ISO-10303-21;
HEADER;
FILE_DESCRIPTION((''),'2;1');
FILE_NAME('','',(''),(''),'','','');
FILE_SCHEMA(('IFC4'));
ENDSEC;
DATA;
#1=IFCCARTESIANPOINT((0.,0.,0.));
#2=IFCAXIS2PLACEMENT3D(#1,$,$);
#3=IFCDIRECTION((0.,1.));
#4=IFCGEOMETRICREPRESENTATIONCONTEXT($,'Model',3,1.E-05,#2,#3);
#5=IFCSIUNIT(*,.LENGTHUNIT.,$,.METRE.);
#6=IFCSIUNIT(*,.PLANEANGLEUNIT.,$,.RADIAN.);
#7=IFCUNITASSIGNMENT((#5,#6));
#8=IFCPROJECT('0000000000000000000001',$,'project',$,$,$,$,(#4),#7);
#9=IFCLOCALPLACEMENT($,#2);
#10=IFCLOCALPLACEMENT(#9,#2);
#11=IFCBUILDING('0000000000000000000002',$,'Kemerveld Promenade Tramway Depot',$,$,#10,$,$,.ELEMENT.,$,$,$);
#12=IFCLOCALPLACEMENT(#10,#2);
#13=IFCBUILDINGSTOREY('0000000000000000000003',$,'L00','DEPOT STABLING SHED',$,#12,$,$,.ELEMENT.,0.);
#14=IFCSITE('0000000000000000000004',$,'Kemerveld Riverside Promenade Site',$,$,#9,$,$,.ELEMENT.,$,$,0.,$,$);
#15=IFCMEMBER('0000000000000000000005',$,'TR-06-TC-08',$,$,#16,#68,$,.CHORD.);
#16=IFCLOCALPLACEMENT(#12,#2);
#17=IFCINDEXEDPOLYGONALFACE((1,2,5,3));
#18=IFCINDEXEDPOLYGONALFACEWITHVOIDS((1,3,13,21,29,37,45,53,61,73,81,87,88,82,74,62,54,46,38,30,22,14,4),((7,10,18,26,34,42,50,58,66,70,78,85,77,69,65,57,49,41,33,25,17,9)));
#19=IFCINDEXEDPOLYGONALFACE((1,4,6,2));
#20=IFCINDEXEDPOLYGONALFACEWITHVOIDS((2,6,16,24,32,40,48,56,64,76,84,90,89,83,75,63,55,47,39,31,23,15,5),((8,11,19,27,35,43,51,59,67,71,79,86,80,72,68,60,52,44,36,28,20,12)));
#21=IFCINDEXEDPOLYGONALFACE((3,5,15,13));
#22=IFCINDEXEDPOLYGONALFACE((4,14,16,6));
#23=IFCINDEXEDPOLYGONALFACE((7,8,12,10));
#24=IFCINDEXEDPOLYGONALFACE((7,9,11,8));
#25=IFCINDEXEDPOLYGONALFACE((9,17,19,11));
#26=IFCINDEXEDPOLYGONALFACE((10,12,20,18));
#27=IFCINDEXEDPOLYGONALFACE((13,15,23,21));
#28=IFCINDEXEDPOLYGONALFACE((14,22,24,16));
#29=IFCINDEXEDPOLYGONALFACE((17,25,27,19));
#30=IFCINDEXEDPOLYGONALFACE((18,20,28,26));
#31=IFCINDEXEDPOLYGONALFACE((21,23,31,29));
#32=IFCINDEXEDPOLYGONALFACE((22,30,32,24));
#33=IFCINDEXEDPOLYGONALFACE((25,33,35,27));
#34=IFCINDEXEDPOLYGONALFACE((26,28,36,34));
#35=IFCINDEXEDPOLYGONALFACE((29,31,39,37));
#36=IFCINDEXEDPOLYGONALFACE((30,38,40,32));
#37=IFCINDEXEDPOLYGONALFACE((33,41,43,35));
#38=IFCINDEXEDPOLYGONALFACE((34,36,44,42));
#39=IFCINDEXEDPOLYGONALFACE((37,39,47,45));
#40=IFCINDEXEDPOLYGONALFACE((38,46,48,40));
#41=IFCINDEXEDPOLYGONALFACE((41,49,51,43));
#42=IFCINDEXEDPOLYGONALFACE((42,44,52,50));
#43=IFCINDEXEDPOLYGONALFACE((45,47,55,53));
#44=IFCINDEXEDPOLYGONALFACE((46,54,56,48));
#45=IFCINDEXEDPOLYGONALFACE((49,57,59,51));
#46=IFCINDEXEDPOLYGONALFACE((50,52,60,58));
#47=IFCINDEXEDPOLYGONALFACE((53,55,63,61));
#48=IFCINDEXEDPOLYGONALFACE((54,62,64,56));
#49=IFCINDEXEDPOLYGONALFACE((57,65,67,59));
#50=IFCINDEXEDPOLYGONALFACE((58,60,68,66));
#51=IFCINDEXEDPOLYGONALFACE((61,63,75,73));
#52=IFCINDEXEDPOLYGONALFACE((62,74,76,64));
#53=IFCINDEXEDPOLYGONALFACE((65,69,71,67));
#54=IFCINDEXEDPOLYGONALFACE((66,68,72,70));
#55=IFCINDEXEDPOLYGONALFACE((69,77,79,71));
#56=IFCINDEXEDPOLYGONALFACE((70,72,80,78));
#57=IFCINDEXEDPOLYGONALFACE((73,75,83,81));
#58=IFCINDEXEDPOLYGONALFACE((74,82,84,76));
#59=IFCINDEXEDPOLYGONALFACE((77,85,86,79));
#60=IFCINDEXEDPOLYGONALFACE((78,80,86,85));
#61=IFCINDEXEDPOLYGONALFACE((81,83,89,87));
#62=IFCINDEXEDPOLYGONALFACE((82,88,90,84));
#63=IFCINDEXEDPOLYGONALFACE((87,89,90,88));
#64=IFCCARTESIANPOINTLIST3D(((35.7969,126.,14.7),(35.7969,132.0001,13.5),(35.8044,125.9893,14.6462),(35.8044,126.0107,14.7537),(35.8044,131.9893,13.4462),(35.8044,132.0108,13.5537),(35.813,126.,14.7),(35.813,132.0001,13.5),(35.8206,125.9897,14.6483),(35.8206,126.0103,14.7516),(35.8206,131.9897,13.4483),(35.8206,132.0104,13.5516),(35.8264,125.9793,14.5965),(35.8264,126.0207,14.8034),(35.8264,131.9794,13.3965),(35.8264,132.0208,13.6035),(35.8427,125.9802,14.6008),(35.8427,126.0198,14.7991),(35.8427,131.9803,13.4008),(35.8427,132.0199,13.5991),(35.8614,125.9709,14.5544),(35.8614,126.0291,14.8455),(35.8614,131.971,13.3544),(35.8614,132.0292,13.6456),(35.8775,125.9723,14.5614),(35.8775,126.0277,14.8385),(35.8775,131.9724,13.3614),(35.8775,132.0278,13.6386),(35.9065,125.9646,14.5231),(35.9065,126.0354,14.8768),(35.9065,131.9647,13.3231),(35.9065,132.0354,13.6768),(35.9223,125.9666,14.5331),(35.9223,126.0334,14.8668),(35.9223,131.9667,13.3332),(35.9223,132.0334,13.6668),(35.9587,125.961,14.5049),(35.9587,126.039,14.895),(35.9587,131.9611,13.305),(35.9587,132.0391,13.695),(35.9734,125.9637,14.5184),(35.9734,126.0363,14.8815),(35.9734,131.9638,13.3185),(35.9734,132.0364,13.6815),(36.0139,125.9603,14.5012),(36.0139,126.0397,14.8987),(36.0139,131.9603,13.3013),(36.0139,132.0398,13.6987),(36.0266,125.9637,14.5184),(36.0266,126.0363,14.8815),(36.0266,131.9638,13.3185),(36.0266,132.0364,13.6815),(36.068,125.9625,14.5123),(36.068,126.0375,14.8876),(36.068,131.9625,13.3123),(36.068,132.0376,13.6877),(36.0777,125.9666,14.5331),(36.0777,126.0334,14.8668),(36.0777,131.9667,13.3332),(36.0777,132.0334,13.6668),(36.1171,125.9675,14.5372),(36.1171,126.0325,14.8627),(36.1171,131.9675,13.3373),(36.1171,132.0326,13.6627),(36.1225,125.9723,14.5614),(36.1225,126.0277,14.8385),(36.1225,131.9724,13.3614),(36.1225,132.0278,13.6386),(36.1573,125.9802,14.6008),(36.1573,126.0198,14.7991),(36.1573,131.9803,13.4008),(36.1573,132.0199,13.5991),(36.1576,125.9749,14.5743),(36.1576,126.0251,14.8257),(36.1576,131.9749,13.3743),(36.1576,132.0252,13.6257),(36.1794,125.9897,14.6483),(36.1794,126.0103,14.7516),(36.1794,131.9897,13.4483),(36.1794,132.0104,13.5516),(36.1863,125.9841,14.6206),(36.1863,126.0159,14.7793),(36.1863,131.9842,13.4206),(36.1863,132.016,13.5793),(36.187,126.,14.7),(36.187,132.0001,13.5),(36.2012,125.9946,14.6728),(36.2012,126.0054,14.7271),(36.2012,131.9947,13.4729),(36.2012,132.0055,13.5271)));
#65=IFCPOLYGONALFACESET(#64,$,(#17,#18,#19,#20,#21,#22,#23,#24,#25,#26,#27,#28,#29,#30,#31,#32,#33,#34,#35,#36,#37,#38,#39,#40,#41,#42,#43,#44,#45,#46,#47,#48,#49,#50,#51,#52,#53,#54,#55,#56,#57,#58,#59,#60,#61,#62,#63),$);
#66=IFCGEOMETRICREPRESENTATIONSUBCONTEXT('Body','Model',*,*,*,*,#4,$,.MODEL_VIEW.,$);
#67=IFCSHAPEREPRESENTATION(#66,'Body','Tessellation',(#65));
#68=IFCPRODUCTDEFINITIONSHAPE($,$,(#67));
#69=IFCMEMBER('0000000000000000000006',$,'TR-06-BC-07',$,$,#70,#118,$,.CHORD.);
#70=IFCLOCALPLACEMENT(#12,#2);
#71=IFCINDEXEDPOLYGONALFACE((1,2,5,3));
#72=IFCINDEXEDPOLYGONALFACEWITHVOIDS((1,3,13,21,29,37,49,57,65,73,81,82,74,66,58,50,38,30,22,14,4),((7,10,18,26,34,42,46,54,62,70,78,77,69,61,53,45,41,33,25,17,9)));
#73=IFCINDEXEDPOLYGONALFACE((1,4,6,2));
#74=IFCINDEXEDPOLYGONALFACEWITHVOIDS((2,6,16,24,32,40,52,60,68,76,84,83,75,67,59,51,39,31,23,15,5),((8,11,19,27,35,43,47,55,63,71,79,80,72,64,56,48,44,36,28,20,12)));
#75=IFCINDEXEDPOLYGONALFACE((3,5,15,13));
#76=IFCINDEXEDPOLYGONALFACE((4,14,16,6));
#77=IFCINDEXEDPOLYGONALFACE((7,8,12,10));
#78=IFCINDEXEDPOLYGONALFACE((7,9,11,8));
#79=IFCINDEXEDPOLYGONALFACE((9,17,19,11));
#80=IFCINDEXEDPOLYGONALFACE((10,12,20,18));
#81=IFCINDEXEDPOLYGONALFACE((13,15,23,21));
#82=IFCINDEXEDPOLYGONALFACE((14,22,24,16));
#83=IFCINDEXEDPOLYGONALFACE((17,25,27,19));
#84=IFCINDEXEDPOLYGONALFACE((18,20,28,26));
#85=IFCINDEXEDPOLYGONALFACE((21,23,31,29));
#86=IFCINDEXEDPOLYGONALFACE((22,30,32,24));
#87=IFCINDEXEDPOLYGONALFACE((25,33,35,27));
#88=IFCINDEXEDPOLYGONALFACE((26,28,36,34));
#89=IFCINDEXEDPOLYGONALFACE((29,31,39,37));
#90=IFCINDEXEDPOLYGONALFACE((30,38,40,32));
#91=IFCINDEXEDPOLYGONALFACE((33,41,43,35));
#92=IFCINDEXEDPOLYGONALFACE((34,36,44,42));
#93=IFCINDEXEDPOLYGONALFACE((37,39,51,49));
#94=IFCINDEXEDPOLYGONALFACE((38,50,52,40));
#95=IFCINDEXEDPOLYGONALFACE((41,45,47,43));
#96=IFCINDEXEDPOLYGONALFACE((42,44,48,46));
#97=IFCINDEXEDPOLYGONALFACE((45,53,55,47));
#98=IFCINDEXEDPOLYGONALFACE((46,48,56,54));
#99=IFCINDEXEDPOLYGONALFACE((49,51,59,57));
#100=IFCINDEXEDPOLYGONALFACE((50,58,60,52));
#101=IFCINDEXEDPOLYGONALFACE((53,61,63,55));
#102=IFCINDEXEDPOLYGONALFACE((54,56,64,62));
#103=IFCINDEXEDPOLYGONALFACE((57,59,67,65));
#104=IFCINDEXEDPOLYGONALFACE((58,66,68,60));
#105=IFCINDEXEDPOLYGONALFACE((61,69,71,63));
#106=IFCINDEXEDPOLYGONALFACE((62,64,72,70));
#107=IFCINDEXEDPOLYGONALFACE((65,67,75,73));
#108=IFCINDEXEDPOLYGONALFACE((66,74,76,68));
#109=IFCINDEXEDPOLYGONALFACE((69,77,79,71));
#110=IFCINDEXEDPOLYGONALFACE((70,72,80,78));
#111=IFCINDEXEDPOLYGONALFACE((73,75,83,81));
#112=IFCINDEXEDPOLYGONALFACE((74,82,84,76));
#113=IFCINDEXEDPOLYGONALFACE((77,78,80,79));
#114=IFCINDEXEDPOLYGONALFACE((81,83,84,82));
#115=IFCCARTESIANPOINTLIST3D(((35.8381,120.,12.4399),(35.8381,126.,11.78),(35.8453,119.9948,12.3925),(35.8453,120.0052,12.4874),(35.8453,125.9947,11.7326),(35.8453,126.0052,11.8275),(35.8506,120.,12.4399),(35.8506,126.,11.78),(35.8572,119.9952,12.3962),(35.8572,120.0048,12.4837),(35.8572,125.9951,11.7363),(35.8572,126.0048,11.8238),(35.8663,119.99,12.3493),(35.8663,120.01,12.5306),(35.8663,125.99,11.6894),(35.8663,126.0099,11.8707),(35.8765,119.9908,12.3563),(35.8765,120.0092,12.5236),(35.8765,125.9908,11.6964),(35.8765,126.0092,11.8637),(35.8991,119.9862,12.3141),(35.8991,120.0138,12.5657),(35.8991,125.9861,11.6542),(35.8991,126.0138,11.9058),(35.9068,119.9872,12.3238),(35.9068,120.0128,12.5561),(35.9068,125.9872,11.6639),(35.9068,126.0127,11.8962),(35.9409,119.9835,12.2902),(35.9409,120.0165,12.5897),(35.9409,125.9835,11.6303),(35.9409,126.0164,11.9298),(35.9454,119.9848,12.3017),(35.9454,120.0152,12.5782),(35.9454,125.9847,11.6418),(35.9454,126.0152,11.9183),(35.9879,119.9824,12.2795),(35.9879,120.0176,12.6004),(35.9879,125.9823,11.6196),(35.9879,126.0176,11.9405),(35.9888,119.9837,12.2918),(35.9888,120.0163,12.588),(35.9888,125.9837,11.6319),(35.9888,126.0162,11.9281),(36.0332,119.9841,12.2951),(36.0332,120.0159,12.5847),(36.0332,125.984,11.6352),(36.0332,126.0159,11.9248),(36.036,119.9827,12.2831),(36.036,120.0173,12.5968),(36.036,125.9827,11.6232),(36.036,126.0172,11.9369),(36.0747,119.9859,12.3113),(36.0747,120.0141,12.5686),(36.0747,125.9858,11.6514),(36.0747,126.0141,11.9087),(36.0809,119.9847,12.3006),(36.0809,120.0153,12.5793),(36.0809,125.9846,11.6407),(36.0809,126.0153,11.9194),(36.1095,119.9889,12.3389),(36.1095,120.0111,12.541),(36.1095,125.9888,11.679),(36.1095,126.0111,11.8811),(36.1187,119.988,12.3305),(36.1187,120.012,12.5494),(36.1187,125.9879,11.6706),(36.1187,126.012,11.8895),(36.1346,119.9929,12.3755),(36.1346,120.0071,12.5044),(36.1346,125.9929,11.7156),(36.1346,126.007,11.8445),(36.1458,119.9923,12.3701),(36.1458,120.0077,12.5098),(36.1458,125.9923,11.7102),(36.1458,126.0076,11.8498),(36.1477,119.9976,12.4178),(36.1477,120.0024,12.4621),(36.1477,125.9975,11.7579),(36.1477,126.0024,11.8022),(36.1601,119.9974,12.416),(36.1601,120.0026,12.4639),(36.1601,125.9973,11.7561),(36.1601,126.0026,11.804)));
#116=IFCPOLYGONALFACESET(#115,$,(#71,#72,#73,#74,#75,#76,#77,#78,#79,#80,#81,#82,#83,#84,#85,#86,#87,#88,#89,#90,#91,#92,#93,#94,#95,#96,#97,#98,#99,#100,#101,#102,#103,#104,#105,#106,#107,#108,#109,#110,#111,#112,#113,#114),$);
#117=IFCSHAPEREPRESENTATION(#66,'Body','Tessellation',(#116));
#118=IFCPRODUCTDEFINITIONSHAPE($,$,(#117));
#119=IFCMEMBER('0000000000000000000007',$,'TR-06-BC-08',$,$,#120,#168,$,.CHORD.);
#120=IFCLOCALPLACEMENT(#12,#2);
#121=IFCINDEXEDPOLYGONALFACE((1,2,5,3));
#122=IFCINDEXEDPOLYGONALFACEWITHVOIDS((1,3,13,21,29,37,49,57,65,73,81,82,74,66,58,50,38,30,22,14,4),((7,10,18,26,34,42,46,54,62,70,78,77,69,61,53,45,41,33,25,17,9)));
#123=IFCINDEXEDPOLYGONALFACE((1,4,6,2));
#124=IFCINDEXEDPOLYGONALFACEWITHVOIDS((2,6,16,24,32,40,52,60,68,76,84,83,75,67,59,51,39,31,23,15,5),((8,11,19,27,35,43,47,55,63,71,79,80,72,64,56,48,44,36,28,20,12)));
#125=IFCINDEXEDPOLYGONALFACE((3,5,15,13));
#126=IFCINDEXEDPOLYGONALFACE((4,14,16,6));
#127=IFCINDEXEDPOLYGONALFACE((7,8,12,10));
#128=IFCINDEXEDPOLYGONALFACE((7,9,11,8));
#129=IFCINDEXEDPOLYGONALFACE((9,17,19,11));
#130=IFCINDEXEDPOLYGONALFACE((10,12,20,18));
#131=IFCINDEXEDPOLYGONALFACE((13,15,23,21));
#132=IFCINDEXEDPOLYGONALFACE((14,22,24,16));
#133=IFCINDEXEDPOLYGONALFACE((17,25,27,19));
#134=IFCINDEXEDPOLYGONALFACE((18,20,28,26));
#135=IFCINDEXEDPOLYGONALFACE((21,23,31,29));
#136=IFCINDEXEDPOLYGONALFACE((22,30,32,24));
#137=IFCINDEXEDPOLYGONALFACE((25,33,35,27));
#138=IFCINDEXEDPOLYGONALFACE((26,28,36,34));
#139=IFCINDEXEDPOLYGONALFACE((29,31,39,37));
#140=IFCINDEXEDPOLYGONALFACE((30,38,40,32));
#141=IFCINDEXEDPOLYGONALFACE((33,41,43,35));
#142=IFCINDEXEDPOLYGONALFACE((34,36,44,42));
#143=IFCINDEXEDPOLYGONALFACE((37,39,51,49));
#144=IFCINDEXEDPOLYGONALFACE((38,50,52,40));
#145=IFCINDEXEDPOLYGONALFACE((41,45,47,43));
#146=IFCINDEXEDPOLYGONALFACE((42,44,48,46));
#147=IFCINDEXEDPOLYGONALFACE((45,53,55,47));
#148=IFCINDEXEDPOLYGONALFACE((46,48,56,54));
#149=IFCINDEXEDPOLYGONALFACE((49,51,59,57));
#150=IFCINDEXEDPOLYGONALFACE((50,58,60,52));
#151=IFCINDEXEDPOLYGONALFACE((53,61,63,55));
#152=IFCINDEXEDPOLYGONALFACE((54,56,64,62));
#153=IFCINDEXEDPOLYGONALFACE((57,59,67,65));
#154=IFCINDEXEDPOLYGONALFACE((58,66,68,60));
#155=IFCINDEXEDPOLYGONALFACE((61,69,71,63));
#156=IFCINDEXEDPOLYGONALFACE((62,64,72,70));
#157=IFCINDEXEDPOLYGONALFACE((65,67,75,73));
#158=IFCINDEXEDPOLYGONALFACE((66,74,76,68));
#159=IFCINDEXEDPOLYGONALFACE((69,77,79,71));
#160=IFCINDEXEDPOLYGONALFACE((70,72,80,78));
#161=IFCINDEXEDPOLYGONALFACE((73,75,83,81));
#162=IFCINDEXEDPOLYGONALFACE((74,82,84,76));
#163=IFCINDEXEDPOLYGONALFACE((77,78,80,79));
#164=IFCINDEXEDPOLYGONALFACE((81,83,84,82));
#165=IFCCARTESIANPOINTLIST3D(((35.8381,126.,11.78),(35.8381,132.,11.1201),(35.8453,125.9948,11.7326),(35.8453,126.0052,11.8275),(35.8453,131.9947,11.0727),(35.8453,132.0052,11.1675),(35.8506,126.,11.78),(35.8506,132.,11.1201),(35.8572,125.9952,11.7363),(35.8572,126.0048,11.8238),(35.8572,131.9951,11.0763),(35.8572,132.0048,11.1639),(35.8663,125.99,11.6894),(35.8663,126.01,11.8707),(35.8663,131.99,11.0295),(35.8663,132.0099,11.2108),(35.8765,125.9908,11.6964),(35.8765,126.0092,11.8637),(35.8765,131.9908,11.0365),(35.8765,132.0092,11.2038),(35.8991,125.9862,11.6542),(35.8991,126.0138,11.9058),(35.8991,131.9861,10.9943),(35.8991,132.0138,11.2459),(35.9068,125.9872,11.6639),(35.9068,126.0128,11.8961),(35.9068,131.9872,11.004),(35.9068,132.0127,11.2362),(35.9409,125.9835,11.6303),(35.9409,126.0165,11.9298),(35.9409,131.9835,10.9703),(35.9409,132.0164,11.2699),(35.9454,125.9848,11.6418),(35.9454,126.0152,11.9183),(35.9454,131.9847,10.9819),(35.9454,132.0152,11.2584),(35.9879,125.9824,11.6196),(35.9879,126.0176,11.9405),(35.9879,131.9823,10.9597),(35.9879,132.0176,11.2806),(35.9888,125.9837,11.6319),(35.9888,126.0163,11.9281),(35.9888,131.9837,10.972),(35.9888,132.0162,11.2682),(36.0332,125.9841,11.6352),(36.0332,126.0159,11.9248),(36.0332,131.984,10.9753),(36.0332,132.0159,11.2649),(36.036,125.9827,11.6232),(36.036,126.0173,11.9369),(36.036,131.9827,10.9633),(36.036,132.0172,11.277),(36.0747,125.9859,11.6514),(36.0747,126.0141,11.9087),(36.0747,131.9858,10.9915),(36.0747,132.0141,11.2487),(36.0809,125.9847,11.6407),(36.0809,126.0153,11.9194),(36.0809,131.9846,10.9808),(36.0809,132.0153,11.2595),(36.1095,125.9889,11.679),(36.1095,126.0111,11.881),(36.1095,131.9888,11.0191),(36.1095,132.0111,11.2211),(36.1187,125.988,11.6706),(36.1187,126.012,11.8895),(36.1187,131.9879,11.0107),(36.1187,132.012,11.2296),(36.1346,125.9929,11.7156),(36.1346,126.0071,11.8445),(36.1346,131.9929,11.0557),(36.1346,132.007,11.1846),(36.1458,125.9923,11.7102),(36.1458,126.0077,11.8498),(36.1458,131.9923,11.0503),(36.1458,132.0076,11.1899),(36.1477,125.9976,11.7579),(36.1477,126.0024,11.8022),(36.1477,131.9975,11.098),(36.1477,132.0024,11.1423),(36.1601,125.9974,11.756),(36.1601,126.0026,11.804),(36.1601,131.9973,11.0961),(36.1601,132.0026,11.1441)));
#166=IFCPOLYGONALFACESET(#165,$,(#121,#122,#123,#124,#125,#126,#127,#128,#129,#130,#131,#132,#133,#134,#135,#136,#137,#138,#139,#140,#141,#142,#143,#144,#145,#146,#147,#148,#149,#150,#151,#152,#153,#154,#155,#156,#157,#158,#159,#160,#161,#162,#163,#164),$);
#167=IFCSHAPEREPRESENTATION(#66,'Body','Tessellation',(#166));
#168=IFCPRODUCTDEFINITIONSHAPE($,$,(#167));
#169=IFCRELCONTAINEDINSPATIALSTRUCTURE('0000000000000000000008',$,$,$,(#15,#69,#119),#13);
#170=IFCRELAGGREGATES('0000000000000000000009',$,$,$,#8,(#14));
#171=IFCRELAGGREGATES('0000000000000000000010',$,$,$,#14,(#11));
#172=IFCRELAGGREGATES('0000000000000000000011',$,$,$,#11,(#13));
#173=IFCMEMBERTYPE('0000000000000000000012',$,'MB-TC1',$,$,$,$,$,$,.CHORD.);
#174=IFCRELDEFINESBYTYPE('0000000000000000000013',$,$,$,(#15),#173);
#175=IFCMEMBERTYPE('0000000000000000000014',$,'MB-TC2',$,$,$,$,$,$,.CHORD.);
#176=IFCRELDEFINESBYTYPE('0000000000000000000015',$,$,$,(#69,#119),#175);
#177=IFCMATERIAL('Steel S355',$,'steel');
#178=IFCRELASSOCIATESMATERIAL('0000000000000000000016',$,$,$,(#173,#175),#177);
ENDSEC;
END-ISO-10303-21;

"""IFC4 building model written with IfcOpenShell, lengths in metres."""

from ifc_helpers import new_model, si_unit, direction, frame, origin, origin_2d, place, context, subcontext, project, spatial, hollow_circle, extrude, material, material_profile, profile_set, type_object, element, save


model = new_model("IFC4")

# Units and contexts
model_context = context("Model", 3, precision=1e-05, world=origin(), true_north=direction((0.0, 1.0)))
body_context = subcontext(model_context, "Body", "Model", "MODEL_VIEW")
ifc_project = project(units=[si_unit("LENGTHUNIT", "METRE"), si_unit("PLANEANGLEUNIT", "RADIAN")], contexts=[model_context])

# Site, building, storey
site_placement = place(None, origin())
site = spatial("IfcSite", under=ifc_project, at=site_placement, Name="Kemerveld Riverside Promenade Site", CompositionType="ELEMENT", RefElevation=0.0)
building_placement = place(site_placement, origin())
building = spatial("IfcBuilding", under=site, at=building_placement, Name="Kemerveld Promenade Tramway Depot", CompositionType="ELEMENT")
storey_placement = place(building_placement, origin())
storey = spatial("IfcBuildingStorey", under=building, at=storey_placement, Name="L00", Description="DEPOT STABLING SHED", CompositionType="ELEMENT", Elevation=0.0)

# Members
ifc_material_1 = material(Name="Steel S355", Category="steel")
ifc_material_profile_1 = material_profile(ifc_material_1, hollow_circle(Radius=0.2031, WallThickness=0.0161, at=origin_2d()), Name="406.4x16.0 CHS")
ifc_profile_set_1 = profile_set([ifc_material_profile_1], Name="Steel S355")
member_type_1 = type_object("IfcMemberType", Name="MB-TC1", PredefinedType="CHORD", material=ifc_profile_set_1)
for number, where, z_axis, x_axis, name in (
    (1, (36.0, 126.0, 14.7), (0.0, 0.980582, -0.196108), (-1.0, 0.0, 0.0), "TR-06-TC-08"),
):
    element("IfcMember", number, at=place(storey_placement, frame(where, z_axis=z_axis, x_axis=x_axis)), inside=storey, type_object=member_type_1, Name=name, PredefinedType="CHORD", context=body_context, shape_type="SweptSolid", body=[
        extrude(hollow_circle(Radius=0.2031, WallThickness=0.0161, at=origin_2d()), origin(), (0.0, 0.0, 1.0), 6.1189),
    ])
ifc_material_profile_2 = material_profile(ifc_material_1, hollow_circle(Radius=0.1619, WallThickness=0.0125, at=origin_2d()), Name="323.9x12.5 CHS")
ifc_profile_set_2 = profile_set([ifc_material_profile_2], Name="Steel S355")
member_type_2 = type_object("IfcMemberType", Name="MB-TC2", PredefinedType="CHORD", material=ifc_profile_set_2)
for number, where, z_axis, x_axis, name in (
    (2, (36.0, 120.0, 12.4399), (0.0, 0.994006, -0.109326), (-1.0, 0.0, 0.0), "TR-06-BC-07"),
    (3, (36.0, 126.0, 11.78), (0.0, 0.994006, -0.109326), (-1.0, 0.0, 0.0), "TR-06-BC-08"),
):
    element("IfcMember", number, at=place(storey_placement, frame(where, z_axis=z_axis, x_axis=x_axis)), inside=storey, type_object=member_type_2, Name=name, PredefinedType="CHORD", context=body_context, shape_type="SweptSolid", body=[
        extrude(hollow_circle(Radius=0.1619, WallThickness=0.0125, at=origin_2d()), origin(), (0.0, 0.0, 1.0), 6.0361),
    ])

save(model, "model.ifc")
